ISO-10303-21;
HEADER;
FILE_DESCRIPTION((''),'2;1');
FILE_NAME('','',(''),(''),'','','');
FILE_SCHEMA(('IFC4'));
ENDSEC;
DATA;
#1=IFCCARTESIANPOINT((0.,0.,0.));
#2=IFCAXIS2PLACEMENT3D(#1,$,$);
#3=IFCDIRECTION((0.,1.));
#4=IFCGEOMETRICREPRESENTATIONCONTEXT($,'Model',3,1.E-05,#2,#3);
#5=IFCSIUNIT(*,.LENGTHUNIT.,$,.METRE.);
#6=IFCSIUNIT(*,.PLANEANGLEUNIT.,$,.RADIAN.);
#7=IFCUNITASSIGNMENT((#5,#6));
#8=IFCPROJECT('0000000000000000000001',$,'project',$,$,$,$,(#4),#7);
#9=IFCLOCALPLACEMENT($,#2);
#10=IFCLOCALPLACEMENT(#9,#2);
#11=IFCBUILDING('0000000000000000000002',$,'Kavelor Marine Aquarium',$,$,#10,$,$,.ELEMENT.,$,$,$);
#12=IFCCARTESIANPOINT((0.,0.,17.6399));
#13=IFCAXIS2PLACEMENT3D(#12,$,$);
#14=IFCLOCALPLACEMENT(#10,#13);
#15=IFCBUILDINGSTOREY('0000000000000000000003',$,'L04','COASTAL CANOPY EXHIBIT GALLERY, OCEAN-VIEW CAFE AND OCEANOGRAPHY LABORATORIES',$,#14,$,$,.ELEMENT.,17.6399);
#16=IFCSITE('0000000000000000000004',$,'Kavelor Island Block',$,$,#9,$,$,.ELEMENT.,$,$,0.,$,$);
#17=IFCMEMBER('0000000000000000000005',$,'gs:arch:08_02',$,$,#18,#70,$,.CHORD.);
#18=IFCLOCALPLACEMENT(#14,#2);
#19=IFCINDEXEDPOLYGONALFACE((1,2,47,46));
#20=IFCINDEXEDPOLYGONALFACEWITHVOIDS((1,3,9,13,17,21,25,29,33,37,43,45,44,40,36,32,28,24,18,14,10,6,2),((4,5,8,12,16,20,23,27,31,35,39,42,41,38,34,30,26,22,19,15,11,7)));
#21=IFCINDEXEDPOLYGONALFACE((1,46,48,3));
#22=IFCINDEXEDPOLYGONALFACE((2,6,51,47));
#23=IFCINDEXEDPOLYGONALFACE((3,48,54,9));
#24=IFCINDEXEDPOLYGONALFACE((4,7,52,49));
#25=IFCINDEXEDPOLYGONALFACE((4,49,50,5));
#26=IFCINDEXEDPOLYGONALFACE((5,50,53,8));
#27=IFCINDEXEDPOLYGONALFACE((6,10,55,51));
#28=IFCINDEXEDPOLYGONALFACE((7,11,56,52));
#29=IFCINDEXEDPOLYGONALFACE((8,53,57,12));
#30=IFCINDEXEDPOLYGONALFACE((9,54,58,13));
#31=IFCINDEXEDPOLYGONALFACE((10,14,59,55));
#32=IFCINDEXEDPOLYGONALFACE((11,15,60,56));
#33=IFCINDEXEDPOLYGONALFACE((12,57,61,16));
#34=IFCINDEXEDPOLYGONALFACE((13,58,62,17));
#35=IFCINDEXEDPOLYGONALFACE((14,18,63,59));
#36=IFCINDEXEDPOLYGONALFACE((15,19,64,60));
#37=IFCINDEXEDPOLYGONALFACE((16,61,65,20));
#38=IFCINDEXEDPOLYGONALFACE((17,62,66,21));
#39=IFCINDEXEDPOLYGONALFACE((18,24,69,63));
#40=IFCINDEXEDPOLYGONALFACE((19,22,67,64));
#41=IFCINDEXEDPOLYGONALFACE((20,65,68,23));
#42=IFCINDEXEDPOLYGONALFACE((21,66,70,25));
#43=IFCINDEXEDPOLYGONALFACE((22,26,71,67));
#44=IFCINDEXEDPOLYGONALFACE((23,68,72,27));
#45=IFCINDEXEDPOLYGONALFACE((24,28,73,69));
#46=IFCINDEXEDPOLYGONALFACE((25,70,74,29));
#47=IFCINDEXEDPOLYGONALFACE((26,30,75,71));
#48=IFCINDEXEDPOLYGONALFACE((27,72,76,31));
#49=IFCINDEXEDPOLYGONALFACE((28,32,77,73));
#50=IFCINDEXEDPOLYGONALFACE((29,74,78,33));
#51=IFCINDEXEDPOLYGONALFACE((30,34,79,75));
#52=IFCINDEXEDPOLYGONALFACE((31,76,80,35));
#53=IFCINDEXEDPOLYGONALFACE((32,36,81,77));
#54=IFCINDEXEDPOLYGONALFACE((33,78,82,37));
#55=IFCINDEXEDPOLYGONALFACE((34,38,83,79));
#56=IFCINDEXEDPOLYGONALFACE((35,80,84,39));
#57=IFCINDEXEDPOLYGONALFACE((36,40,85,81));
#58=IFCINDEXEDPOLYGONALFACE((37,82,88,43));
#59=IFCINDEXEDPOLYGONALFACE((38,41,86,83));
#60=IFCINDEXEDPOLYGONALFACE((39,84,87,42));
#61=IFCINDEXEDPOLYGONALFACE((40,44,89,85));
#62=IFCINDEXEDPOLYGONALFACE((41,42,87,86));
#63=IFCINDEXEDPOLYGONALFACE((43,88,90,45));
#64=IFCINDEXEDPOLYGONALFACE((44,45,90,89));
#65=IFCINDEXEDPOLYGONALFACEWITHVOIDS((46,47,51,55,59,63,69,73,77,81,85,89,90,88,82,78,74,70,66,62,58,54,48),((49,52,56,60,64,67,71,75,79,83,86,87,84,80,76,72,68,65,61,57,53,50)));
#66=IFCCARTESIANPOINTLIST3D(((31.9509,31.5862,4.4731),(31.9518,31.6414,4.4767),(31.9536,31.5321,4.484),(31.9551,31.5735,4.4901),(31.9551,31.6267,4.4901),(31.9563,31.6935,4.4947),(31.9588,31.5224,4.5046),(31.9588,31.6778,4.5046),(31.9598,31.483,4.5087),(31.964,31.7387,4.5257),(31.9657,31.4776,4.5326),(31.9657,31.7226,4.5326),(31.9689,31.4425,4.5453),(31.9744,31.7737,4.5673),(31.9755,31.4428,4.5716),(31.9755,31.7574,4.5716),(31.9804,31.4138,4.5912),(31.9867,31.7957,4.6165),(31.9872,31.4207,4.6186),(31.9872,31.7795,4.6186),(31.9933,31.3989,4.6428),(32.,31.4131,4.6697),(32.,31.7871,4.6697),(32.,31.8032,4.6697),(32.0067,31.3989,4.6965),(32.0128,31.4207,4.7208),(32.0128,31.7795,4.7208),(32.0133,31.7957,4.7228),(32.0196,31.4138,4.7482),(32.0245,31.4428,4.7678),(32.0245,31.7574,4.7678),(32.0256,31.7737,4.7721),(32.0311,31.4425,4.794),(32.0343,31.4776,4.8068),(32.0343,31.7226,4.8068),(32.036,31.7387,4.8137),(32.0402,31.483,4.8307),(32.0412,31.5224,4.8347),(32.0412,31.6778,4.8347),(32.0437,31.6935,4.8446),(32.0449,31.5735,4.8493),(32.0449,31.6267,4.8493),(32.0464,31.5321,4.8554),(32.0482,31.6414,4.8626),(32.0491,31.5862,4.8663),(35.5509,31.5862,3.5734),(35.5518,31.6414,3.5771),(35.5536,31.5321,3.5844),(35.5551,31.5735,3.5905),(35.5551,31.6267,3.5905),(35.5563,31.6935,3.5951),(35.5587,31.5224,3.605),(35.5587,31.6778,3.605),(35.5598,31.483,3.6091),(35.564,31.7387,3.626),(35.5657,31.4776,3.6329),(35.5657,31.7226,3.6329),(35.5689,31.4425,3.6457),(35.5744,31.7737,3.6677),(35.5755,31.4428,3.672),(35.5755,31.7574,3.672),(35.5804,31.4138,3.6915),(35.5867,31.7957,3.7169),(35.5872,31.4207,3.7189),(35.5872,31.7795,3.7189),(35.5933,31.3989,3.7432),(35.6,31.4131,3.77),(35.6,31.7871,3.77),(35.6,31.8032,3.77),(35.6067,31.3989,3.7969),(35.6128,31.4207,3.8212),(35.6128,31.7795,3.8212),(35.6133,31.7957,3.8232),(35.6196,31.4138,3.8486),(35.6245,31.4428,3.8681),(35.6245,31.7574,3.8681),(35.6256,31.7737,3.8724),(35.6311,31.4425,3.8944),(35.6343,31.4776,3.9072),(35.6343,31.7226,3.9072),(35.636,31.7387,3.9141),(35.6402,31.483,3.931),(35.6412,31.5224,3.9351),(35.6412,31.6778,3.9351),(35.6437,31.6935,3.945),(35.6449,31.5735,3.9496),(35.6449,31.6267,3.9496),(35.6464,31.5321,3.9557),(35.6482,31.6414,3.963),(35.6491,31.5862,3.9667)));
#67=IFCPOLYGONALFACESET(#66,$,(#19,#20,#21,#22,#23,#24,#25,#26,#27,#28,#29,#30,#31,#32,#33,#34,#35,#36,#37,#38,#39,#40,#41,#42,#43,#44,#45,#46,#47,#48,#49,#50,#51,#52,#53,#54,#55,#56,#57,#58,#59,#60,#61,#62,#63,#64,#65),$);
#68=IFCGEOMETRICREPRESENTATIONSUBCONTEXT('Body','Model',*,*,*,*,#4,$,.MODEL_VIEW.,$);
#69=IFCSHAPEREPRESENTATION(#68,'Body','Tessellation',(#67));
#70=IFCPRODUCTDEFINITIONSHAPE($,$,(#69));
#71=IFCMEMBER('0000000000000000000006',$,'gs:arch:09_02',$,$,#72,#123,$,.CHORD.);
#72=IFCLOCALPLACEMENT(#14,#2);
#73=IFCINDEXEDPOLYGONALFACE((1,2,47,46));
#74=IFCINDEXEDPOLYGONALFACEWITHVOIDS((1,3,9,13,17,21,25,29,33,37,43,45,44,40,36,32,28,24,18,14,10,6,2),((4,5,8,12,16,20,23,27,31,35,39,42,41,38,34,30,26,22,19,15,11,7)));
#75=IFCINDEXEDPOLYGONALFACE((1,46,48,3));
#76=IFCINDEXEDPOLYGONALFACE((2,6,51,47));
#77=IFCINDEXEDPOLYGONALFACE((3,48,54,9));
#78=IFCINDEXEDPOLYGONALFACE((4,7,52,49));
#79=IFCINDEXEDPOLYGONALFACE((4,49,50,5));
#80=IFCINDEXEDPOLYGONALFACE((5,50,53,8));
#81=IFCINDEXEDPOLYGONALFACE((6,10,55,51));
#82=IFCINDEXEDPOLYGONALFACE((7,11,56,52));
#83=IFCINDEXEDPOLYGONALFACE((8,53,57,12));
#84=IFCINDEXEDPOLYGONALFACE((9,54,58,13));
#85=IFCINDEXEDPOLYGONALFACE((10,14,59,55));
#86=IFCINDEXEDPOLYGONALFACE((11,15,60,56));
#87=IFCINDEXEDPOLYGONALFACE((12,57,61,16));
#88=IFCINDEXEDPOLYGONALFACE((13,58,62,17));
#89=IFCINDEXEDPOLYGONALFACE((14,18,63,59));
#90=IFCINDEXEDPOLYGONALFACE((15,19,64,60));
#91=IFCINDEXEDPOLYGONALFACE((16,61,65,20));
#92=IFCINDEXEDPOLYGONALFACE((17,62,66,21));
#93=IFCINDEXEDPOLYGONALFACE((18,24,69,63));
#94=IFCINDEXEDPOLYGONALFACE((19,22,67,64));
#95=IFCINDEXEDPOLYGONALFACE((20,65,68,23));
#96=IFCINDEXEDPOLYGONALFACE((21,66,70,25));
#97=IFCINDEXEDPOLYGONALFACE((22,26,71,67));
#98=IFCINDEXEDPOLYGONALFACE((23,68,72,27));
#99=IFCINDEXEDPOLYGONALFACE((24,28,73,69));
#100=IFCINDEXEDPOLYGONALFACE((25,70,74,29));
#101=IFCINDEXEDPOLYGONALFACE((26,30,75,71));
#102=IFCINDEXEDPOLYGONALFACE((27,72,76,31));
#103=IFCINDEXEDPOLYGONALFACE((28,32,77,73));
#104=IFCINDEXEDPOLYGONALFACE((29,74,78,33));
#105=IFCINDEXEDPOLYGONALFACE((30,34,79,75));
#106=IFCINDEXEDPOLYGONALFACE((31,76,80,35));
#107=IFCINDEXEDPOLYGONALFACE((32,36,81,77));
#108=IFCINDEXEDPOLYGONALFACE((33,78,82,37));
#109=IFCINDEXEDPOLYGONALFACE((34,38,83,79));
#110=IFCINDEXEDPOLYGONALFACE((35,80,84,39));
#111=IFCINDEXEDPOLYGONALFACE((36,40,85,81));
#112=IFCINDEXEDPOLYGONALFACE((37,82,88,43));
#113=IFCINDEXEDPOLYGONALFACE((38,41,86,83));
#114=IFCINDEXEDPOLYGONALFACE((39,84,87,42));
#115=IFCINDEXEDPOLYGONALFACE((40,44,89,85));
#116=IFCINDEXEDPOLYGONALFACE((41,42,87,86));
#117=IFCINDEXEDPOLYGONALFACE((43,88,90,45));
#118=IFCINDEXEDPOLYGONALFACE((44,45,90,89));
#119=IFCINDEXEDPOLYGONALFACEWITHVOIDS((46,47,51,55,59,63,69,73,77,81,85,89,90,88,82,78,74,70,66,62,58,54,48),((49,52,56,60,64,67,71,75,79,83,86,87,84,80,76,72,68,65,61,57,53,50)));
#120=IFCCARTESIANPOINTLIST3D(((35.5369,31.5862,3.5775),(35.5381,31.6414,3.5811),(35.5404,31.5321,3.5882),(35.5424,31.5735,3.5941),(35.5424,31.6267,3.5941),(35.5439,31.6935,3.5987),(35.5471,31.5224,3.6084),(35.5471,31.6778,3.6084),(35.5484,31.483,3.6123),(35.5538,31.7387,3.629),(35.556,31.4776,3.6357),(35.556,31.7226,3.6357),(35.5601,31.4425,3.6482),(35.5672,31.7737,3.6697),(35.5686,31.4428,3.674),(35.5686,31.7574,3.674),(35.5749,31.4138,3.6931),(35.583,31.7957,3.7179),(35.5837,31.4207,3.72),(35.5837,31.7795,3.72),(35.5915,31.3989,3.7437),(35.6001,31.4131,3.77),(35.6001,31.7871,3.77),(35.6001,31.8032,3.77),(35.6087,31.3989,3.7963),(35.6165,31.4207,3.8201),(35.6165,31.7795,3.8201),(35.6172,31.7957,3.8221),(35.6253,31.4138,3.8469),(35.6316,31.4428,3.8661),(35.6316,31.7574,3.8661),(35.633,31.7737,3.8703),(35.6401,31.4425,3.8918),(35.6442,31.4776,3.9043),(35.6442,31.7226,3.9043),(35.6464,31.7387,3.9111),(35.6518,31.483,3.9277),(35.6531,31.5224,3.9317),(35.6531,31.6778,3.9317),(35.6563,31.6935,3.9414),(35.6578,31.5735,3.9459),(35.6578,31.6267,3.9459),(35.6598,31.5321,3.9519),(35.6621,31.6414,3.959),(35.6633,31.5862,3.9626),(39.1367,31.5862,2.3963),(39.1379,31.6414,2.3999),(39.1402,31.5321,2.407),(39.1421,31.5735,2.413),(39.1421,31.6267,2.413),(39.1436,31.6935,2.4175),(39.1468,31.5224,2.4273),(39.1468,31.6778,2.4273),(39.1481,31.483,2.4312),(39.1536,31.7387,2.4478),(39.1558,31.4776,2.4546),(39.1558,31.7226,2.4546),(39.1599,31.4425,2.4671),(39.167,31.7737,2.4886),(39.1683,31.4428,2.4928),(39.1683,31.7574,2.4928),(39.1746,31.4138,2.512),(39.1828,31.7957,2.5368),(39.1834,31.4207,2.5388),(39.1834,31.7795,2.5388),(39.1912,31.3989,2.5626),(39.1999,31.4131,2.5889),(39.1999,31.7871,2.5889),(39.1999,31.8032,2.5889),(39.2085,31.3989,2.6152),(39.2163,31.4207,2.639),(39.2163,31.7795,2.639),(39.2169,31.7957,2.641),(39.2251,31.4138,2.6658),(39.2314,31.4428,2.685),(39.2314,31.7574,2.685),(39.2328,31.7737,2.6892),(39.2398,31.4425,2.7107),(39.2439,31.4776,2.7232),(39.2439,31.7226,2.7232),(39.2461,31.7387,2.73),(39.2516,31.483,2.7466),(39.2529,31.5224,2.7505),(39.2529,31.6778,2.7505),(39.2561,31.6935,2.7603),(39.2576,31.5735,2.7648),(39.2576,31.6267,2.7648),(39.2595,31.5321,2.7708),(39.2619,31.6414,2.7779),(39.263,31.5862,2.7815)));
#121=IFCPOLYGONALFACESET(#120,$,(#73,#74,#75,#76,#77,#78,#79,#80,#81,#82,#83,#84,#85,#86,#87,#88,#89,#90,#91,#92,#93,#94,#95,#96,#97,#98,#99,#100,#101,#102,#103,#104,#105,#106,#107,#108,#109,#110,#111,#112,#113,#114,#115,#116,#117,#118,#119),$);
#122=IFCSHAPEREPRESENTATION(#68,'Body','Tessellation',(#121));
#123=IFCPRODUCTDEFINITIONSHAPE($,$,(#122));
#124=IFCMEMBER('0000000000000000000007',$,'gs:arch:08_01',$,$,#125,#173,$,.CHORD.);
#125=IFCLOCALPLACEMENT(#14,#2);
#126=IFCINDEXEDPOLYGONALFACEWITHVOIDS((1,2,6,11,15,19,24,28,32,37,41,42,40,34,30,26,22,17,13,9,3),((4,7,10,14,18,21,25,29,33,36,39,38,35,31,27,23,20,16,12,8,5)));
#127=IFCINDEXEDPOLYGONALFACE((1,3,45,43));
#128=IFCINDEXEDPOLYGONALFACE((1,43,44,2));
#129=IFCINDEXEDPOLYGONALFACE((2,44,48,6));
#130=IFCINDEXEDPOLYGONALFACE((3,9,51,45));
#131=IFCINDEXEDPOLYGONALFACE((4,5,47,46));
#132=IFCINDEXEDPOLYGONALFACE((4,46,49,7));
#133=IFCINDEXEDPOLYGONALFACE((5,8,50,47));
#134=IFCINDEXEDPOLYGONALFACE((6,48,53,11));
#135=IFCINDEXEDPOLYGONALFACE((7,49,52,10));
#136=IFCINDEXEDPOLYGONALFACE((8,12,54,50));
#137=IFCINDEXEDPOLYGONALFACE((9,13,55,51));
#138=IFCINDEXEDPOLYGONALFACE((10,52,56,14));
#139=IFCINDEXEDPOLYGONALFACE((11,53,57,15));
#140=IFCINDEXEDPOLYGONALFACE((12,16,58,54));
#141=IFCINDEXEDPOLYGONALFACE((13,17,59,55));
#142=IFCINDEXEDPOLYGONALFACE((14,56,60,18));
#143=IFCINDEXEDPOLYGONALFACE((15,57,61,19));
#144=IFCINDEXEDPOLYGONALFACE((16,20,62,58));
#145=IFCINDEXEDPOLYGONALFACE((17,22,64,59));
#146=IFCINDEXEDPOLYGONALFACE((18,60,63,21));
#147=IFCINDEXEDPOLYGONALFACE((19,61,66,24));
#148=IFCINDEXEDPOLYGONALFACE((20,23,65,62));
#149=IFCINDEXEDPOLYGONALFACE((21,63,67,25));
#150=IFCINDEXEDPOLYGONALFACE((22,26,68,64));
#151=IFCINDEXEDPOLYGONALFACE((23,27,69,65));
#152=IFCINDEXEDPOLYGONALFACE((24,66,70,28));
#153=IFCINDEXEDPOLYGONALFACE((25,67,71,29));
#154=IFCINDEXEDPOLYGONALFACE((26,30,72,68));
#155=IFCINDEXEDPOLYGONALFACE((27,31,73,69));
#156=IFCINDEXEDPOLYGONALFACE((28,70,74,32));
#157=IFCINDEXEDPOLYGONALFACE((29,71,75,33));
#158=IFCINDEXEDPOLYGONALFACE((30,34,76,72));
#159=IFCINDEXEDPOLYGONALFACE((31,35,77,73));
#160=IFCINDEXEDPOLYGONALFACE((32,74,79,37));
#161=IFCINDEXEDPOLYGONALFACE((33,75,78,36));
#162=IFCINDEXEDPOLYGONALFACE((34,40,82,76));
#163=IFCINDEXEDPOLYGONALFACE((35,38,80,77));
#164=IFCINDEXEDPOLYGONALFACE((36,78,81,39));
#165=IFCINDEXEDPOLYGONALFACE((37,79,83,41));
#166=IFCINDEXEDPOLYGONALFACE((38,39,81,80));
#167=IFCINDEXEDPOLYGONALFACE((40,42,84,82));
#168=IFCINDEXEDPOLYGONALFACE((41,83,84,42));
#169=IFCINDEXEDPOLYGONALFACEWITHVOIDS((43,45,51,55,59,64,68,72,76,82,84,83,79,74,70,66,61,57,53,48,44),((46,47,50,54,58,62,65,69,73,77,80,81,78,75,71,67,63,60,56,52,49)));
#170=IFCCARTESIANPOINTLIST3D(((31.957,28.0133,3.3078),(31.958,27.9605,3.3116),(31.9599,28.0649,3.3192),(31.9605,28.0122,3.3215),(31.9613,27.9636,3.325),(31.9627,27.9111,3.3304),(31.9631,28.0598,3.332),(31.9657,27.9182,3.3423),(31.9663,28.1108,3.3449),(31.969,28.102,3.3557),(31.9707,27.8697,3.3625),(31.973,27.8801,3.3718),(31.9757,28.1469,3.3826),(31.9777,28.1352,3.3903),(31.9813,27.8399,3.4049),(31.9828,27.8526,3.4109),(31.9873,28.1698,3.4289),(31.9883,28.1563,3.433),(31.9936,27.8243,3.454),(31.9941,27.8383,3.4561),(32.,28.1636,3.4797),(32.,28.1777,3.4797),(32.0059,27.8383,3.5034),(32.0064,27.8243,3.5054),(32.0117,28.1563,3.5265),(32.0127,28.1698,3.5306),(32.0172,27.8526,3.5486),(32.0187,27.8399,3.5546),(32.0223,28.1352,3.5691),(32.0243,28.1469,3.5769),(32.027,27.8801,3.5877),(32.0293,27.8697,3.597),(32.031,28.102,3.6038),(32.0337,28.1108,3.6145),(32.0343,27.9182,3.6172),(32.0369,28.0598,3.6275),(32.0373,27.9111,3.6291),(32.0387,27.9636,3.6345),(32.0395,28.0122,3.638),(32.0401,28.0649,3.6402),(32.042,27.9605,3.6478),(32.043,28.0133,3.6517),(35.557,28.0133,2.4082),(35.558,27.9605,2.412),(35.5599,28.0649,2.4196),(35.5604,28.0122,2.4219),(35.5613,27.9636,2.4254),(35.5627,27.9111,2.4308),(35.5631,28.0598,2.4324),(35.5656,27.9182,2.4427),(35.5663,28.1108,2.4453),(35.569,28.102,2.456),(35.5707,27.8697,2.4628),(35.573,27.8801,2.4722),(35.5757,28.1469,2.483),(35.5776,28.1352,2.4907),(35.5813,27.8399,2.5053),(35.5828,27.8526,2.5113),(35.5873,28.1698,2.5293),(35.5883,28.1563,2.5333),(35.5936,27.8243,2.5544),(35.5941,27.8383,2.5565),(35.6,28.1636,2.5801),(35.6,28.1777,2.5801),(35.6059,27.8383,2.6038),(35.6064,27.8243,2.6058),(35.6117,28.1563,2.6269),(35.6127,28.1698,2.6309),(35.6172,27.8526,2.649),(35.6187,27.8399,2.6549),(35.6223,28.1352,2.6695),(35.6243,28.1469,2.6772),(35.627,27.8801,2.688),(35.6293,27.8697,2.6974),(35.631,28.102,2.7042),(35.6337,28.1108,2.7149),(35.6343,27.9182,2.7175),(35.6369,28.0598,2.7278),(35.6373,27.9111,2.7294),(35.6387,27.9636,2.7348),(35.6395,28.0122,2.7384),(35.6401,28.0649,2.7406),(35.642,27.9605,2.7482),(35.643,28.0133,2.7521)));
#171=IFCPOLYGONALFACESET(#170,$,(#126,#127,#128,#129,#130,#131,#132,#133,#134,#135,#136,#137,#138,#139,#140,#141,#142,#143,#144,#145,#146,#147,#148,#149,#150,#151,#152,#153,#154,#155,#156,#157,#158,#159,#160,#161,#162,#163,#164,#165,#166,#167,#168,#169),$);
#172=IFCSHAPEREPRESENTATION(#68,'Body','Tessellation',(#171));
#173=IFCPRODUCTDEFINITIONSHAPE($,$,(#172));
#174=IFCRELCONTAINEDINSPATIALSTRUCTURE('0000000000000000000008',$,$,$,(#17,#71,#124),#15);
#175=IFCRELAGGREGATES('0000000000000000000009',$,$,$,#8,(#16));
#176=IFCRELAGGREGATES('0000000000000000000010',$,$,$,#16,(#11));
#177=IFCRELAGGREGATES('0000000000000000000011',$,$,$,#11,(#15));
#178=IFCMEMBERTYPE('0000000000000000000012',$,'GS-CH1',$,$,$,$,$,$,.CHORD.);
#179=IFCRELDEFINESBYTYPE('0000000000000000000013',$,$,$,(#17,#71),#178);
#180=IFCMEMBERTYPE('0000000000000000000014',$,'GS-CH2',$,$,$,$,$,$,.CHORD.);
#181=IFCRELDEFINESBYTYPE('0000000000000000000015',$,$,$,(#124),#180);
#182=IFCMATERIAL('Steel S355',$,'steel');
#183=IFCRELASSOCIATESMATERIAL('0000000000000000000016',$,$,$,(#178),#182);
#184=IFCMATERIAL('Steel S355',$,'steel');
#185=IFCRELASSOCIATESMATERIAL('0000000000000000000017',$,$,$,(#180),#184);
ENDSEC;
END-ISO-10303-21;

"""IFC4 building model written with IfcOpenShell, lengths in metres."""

from ifc_helpers import new_model, si_unit, direction, frame, origin, origin_2d, place, context, subcontext, project, spatial, hollow_circle, extrude, material, material_profile, profile_set, type_object, element, save


model = new_model("IFC4")

# Units and contexts
model_context = context("Model", 3, precision=1e-05, world=origin(), true_north=direction((0.0, 1.0)))
body_context = subcontext(model_context, "Body", "Model", "MODEL_VIEW")
ifc_project = project(units=[si_unit("LENGTHUNIT", "METRE"), si_unit("PLANEANGLEUNIT", "RADIAN")], contexts=[model_context])

# Site, building, storey
site_placement = place(None, origin())
site = spatial("IfcSite", under=ifc_project, at=site_placement, Name="Kavelor Island Block", CompositionType="ELEMENT", RefElevation=0.0)
building_placement = place(site_placement, origin())
building = spatial("IfcBuilding", under=site, at=building_placement, Name="Kavelor Marine Aquarium", CompositionType="ELEMENT")
storey_placement = place(building_placement, frame((0.0, 0.0, 17.6399)))
storey = spatial("IfcBuildingStorey", under=building, at=storey_placement, Name="L04", Description="COASTAL CANOPY EXHIBIT GALLERY, OCEAN-VIEW CAFE AND OCEANOGRAPHY LABORATORIES", CompositionType="ELEMENT", Elevation=17.6399)

# Members
ifc_material_1 = material(Name="Steel S355", Category="steel")
ifc_material_profile_1 = material_profile(ifc_material_1, hollow_circle(Radius=0.2031, WallThickness=0.0161, at=origin_2d()), Name="CHS 406.4x16.0")
ifc_profile_set_1 = profile_set([ifc_material_profile_1], Name="Steel S355")
member_type_1 = type_object("IfcMemberType", Name="GS-CH1", PredefinedType="CHORD", material=ifc_profile_set_1)
member_1_placement = place(storey_placement, frame((32.0, 31.6001, 4.6697), z_axis=(0.970166, 0.0, -0.242443), x_axis=(0.0, 1.0, 0.0)))
element("IfcMember", 1, at=member_1_placement, inside=storey, type_object=member_type_1, Name="gs:arch:08_02", PredefinedType="CHORD", context=body_context, shape_type="SweptSolid", body=[
    extrude(hollow_circle(Radius=0.2031, WallThickness=0.0161, at=origin_2d()), origin(), (0.0, 0.0, 1.0), 3.7107),
])
member_2_placement = place(storey_placement, frame((35.6001, 31.6001, 3.77), z_axis=(0.950161, 0.0, -0.311759), x_axis=(0.0, 1.0, 0.0)))
element("IfcMember", 2, at=member_2_placement, inside=storey, type_object=member_type_1, Name="gs:arch:09_02", PredefinedType="CHORD", context=body_context, shape_type="SweptSolid", body=[
    extrude(hollow_circle(Radius=0.2031, WallThickness=0.0161, at=origin_2d()), origin(), (0.0, 0.0, 1.0), 3.7886),
])
ifc_material_2 = material(Name="Steel S355", Category="steel")
ifc_material_profile_2 = material_profile(ifc_material_2, hollow_circle(Radius=0.1777, WallThickness=0.0142, at=origin_2d()), Name="CHS 355.6x14.2")
ifc_profile_set_2 = profile_set([ifc_material_profile_2], Name="Steel S355")
member_type_2 = type_object("IfcMemberType", Name="GS-CH2", PredefinedType="CHORD", material=ifc_profile_set_2)
member_3_placement = place(storey_placement, frame((32.0, 28.0, 3.4797), z_axis=(0.970166, 0.0, -0.242443), x_axis=(0.0, 1.0, 0.0)))
element("IfcMember", 3, at=member_3_placement, inside=storey, type_object=member_type_2, Name="gs:arch:08_01", PredefinedType="CHORD", context=body_context, shape_type="SweptSolid", body=[
    extrude(hollow_circle(Radius=0.1777, WallThickness=0.0142, at=origin_2d()), origin(), (0.0, 0.0, 1.0), 3.7107),
])

save(model, "model.ifc")
